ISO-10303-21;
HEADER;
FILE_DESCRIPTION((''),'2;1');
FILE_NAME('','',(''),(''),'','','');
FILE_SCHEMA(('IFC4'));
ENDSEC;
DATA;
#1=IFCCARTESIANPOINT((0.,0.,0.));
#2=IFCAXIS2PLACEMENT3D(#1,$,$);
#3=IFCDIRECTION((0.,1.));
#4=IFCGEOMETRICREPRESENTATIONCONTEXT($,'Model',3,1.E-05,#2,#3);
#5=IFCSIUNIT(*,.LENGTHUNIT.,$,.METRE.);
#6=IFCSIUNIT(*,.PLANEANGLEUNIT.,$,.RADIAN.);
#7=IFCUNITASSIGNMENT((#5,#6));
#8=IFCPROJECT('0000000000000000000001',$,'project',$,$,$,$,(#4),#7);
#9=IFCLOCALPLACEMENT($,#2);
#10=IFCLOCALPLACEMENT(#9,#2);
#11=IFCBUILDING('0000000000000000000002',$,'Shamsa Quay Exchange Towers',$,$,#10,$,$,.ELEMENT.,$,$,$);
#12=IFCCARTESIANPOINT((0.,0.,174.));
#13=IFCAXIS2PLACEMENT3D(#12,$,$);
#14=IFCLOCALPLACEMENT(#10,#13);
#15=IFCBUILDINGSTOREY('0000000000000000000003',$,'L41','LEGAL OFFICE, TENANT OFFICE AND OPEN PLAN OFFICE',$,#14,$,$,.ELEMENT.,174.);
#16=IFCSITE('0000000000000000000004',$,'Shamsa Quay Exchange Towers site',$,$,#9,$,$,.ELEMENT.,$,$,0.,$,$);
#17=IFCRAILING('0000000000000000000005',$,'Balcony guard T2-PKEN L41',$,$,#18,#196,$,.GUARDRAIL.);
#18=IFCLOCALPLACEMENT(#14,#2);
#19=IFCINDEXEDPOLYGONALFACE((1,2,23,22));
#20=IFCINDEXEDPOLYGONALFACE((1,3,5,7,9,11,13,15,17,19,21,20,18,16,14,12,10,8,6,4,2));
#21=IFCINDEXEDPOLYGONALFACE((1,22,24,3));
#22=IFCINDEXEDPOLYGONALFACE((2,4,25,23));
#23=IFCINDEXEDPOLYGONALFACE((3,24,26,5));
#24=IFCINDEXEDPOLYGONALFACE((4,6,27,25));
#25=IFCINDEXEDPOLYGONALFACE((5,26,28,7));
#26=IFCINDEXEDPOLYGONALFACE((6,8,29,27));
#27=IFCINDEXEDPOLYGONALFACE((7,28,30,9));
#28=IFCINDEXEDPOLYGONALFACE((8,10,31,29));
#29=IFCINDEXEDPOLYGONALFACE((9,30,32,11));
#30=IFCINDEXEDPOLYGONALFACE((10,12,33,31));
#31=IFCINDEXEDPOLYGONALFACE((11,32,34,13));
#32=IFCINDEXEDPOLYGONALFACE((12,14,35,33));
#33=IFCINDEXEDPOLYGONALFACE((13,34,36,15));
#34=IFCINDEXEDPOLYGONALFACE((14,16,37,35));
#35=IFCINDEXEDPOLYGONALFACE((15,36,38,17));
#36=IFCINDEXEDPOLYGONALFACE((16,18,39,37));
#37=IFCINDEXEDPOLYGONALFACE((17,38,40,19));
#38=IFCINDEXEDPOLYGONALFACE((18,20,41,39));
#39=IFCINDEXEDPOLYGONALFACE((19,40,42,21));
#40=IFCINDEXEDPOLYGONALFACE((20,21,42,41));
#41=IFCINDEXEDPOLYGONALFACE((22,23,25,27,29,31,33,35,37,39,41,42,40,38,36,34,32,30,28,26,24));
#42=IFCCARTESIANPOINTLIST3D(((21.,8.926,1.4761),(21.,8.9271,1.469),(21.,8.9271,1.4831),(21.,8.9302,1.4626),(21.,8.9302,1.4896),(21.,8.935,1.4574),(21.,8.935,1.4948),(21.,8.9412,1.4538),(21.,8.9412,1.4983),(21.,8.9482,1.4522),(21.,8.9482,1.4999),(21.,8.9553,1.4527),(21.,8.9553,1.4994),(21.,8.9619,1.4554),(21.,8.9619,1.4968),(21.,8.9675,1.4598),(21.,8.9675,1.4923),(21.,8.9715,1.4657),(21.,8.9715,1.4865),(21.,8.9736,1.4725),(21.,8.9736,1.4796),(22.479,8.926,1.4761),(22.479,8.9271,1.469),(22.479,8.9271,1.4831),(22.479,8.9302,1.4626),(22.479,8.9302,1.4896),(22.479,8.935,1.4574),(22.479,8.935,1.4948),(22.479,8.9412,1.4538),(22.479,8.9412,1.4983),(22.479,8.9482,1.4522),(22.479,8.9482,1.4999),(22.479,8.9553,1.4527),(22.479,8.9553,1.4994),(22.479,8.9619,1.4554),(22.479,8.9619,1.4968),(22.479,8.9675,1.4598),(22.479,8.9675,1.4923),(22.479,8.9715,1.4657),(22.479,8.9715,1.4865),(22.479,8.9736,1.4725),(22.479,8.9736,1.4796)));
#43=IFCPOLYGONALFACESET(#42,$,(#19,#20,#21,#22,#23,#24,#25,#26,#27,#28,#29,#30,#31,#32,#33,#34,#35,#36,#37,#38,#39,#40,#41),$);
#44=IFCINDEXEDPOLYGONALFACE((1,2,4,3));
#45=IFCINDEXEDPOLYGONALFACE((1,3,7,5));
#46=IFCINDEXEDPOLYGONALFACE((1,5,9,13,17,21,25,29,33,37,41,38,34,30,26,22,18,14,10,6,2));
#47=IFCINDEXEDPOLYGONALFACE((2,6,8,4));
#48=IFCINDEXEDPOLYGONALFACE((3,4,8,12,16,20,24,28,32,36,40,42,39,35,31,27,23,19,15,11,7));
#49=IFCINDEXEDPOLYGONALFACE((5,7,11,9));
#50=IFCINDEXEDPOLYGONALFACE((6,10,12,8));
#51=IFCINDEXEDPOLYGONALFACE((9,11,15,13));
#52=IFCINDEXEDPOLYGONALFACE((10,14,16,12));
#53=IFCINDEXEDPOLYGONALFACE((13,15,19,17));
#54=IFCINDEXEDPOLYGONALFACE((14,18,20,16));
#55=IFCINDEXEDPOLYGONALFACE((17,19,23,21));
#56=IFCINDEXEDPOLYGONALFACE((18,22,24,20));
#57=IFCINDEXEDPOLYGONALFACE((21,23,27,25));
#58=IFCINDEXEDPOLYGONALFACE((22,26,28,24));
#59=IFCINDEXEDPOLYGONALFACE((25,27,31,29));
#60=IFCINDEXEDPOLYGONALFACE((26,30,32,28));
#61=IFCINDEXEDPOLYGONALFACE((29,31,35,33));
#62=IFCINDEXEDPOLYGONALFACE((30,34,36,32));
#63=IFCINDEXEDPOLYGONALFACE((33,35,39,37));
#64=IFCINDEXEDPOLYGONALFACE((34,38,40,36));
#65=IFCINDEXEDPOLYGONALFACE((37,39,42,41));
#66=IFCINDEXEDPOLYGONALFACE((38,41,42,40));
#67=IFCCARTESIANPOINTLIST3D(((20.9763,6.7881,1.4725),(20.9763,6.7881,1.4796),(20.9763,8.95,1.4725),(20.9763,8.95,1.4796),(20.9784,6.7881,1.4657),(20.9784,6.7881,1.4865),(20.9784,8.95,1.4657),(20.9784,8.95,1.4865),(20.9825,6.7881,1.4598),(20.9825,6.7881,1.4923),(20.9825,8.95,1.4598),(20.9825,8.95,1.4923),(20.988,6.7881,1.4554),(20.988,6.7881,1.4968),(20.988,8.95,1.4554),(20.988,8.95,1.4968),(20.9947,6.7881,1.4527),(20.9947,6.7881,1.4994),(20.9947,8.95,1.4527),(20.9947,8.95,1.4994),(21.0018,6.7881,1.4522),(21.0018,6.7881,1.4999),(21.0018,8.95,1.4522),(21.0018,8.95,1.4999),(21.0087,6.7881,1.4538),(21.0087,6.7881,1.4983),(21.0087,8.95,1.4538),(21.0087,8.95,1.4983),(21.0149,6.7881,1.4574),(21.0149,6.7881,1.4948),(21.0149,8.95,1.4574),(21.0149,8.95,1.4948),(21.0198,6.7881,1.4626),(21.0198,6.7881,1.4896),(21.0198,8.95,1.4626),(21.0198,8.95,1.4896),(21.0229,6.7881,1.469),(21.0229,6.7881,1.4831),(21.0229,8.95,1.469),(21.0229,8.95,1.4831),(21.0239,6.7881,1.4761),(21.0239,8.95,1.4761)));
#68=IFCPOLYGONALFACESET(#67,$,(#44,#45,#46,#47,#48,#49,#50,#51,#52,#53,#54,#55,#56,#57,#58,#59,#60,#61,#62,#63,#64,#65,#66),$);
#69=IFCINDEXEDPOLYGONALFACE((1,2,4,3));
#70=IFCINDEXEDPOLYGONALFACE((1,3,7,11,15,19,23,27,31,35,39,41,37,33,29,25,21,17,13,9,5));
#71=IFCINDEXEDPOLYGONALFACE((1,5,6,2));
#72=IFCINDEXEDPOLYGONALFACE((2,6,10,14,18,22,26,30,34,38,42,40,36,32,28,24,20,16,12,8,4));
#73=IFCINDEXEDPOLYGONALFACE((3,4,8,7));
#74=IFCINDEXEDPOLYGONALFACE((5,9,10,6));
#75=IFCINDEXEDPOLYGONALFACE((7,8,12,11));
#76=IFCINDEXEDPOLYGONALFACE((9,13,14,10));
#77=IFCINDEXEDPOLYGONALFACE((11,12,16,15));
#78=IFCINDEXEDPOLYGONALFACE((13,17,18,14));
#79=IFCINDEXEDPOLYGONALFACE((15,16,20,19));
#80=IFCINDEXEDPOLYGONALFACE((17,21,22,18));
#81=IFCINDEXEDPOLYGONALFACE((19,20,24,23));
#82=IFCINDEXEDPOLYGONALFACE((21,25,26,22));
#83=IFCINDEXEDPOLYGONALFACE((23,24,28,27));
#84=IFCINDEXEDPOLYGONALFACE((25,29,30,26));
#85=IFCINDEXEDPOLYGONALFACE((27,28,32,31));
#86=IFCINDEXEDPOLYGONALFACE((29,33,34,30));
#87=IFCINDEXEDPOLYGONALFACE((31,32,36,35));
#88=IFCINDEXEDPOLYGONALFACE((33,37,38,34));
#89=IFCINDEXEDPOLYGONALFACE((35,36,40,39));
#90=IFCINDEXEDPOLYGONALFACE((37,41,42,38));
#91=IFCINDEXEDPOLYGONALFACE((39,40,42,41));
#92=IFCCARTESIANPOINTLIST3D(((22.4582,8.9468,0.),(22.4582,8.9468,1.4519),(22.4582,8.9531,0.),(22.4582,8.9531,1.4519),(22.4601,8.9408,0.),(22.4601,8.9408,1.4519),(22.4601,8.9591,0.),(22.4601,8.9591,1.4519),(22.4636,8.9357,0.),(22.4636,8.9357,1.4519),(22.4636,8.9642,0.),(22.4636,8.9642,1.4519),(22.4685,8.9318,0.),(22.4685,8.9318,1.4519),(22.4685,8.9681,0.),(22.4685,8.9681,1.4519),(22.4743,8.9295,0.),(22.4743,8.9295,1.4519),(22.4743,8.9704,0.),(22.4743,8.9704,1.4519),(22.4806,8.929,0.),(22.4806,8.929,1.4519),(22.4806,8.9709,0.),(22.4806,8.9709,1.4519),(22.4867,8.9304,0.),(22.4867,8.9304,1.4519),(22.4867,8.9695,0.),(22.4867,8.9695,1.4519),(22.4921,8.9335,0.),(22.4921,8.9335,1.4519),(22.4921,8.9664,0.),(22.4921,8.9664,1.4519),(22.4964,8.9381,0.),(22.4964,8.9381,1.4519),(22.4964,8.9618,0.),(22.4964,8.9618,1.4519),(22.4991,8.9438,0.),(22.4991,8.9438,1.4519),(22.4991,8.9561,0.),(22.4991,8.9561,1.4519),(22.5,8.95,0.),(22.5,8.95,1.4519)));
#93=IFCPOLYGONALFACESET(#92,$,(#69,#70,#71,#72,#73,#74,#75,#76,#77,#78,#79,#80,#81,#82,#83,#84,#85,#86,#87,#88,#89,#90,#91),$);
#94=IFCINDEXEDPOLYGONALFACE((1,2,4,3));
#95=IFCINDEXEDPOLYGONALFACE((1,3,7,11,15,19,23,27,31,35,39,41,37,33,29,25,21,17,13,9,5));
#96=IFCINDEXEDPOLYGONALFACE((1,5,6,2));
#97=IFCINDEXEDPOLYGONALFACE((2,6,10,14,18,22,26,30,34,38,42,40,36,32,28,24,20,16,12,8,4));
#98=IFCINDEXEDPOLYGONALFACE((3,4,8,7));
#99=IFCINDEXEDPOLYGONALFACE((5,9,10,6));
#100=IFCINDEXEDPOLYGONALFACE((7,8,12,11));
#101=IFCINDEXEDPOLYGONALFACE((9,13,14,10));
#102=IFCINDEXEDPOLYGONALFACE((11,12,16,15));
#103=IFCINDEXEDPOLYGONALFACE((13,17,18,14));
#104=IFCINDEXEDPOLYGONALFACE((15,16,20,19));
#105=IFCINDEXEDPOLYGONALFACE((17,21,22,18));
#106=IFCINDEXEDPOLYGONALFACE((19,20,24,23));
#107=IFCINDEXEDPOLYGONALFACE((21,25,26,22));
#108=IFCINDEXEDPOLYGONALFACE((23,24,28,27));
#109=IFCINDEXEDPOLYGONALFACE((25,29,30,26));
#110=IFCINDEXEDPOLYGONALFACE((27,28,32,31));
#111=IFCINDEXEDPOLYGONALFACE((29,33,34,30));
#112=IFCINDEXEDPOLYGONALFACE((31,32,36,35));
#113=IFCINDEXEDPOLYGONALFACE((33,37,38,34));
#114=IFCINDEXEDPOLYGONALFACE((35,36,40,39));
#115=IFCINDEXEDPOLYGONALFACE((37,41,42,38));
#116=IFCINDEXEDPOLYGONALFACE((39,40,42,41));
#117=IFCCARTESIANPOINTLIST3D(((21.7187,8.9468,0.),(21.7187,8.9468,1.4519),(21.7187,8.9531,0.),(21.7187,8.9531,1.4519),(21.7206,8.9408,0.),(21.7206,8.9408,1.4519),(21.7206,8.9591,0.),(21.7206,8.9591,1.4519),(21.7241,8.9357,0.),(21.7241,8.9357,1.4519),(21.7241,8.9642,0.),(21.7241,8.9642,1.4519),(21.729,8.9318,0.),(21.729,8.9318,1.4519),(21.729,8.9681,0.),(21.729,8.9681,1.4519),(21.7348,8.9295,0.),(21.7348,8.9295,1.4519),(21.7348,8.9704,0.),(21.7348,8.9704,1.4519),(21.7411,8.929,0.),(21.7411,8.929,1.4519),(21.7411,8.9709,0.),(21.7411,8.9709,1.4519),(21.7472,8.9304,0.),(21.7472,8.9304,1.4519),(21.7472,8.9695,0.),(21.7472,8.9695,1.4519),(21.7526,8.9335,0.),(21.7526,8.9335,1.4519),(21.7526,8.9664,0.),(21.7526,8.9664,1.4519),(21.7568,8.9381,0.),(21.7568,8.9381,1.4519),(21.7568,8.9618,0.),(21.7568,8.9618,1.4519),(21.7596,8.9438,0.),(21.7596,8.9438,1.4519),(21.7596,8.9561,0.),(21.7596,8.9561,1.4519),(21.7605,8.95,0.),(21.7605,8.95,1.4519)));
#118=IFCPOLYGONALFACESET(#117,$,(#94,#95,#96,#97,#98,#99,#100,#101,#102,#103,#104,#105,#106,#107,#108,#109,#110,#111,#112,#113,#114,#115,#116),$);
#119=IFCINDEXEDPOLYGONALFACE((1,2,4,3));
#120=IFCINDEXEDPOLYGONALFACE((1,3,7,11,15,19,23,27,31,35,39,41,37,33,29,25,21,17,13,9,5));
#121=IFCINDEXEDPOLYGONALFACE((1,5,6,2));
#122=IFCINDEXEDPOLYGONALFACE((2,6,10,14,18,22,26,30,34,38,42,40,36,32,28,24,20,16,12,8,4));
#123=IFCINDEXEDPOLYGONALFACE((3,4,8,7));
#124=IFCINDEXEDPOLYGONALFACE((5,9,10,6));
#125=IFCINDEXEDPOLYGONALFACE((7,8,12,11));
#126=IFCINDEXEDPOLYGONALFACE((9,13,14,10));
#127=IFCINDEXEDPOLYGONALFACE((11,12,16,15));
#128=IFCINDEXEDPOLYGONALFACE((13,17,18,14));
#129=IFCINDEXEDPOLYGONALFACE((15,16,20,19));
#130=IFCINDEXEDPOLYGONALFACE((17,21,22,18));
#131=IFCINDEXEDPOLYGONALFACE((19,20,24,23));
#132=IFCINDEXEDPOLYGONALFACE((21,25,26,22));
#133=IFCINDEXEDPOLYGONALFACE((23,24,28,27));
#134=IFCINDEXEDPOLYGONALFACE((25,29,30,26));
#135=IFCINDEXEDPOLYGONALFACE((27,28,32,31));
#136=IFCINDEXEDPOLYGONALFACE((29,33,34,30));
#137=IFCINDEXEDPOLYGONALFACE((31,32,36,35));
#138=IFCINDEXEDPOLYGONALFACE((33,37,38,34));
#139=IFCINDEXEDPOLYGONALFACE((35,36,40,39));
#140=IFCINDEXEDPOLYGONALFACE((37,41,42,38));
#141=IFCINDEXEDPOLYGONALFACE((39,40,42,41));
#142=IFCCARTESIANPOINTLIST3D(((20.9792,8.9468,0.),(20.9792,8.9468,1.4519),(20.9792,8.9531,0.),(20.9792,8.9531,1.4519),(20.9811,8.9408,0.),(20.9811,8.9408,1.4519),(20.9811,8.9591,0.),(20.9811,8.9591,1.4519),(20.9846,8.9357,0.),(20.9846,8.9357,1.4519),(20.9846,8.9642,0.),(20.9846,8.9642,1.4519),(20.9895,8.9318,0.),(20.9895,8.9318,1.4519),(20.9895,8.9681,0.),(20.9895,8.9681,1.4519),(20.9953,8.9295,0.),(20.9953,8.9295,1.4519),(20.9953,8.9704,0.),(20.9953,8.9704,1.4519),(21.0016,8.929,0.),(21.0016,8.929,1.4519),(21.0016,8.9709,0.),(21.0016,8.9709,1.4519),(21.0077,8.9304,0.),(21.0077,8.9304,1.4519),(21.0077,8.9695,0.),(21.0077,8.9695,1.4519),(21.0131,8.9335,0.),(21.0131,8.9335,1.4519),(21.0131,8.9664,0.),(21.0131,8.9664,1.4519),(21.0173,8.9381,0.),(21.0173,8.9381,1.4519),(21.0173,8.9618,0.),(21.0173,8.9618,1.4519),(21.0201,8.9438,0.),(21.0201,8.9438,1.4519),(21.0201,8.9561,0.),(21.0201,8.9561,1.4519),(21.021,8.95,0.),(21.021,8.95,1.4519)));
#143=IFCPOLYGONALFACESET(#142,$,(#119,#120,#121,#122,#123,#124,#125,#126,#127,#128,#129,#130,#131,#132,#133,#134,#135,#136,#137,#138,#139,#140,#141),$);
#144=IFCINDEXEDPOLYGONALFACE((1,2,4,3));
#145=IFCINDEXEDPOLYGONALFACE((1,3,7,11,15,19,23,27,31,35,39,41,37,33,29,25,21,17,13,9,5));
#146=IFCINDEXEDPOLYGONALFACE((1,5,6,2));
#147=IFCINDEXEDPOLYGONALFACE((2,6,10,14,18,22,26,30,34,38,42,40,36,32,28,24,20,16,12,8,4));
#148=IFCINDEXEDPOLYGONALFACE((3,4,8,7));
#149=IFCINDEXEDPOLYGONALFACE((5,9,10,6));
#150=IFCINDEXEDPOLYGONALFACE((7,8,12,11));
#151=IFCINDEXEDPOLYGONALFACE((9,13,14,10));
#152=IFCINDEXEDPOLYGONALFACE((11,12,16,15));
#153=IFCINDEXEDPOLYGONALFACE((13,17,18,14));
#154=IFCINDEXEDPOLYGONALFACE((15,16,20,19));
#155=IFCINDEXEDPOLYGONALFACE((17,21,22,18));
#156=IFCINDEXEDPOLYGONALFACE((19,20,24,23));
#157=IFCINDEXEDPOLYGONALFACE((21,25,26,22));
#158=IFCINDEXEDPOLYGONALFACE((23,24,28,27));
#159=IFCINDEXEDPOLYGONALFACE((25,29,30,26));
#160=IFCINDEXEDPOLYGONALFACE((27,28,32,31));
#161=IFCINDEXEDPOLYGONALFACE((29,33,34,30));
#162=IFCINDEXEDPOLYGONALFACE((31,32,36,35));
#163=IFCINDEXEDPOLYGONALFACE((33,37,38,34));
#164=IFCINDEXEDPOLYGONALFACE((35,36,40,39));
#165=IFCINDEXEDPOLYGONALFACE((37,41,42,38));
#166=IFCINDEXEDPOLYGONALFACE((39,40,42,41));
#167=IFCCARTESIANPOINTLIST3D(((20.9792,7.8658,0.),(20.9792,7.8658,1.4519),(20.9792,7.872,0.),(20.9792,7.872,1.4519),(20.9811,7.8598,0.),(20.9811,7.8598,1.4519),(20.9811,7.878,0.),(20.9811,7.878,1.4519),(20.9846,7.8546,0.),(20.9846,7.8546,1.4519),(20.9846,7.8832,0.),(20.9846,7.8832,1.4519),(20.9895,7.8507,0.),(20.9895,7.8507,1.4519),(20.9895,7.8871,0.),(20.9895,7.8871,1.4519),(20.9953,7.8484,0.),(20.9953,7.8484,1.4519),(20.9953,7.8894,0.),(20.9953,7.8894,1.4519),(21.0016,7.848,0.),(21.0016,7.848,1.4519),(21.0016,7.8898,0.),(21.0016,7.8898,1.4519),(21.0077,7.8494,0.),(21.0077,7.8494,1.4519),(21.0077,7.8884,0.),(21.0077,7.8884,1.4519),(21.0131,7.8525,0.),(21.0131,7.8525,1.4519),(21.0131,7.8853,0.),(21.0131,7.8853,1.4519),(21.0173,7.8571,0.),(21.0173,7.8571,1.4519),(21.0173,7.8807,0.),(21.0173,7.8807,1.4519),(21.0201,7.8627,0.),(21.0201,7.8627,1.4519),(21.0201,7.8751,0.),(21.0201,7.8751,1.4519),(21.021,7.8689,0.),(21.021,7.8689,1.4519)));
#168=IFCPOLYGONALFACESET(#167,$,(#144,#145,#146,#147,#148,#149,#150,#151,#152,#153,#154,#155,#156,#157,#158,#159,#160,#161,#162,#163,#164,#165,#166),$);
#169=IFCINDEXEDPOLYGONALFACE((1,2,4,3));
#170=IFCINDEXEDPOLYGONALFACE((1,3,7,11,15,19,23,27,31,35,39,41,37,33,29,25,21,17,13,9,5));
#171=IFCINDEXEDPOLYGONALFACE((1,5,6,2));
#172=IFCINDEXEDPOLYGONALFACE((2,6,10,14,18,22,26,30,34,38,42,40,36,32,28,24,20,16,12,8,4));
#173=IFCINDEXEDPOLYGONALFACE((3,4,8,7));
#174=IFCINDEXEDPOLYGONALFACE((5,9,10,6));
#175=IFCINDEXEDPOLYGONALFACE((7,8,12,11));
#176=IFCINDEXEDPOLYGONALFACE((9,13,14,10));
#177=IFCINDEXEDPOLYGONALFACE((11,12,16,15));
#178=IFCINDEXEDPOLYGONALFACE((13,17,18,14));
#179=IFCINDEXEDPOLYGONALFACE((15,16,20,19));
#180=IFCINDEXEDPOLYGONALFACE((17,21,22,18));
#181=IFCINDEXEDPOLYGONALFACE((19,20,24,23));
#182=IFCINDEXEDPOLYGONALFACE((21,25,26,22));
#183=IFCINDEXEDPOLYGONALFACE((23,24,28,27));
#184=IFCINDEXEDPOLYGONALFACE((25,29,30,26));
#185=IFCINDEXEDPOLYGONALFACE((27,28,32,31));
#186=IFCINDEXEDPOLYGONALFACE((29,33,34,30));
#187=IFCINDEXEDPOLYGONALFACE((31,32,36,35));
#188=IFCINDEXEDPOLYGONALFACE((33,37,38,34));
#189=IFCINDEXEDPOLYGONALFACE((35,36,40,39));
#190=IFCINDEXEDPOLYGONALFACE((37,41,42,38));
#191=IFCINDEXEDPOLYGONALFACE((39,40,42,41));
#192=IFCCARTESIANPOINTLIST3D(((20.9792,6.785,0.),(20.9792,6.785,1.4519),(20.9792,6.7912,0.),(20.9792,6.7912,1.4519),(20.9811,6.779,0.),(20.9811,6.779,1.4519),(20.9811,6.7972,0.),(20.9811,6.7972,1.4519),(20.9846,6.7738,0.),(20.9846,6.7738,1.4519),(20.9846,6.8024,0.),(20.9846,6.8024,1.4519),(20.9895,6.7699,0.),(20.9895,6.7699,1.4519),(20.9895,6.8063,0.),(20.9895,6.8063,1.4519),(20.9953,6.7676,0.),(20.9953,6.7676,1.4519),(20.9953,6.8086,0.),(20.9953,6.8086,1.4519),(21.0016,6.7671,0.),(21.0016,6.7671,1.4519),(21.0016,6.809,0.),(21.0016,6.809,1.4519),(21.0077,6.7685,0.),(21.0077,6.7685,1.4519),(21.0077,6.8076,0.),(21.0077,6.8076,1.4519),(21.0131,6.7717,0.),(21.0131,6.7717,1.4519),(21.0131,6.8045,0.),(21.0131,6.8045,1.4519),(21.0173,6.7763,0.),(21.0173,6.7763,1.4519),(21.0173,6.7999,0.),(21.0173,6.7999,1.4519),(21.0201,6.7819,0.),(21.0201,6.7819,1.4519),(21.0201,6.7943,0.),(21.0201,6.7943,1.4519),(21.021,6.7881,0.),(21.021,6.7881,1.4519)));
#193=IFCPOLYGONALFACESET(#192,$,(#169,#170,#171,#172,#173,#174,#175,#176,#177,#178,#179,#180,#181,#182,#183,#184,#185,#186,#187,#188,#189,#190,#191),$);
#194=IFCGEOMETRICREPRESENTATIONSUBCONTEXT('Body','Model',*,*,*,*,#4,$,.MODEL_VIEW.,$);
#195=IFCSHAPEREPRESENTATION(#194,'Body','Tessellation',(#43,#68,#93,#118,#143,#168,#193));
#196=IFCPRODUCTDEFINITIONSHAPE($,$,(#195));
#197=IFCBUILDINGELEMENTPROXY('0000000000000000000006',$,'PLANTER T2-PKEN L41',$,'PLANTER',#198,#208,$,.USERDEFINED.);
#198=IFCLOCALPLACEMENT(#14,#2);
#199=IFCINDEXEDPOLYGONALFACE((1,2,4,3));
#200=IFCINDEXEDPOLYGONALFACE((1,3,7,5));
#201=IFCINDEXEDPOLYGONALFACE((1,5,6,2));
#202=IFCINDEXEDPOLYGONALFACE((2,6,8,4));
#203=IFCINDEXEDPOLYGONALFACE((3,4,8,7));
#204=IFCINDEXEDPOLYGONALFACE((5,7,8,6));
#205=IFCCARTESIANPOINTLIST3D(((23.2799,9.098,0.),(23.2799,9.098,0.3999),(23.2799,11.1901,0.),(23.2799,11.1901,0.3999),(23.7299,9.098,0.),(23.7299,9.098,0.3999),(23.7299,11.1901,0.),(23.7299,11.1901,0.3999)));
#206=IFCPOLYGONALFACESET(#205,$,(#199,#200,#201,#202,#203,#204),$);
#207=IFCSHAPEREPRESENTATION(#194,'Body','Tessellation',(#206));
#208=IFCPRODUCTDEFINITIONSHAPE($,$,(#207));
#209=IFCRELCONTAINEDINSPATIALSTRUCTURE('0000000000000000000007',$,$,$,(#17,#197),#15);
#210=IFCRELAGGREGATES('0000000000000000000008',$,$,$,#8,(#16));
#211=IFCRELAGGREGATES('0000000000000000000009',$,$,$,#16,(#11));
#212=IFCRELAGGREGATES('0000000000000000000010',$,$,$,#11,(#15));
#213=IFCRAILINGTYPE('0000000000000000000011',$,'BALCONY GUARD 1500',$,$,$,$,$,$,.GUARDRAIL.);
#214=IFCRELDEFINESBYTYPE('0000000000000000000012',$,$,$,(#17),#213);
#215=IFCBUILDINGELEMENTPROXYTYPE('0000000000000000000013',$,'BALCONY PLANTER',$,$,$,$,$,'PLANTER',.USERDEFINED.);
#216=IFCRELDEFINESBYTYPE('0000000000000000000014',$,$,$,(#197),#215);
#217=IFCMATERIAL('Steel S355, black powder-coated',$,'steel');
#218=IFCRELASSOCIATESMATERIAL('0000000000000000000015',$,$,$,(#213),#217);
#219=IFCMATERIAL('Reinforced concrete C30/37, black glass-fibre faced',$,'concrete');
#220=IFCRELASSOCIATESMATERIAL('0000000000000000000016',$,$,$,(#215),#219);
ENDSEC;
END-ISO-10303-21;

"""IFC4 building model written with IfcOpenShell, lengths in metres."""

from ifc_helpers import new_model, si_unit, direction, frame, origin, origin_2d, place, context, subcontext, project, spatial, rectangle, circle, extrude, material, type_object, element, save


model = new_model("IFC4")

# Units and contexts
model_context = context("Model", 3, precision=1e-05, world=origin(), true_north=direction((0.0, 1.0)))
body_context = subcontext(model_context, "Body", "Model", "MODEL_VIEW")
ifc_project = project(units=[si_unit("LENGTHUNIT", "METRE"), si_unit("PLANEANGLEUNIT", "RADIAN")], contexts=[model_context])

# Site, building, storey
site_placement = place(None, origin())
site = spatial("IfcSite", under=ifc_project, at=site_placement, Name="Shamsa Quay Exchange Towers site", CompositionType="ELEMENT", RefElevation=0.0)
building_placement = place(site_placement, origin())
building = spatial("IfcBuilding", under=site, at=building_placement, Name="Shamsa Quay Exchange Towers", CompositionType="ELEMENT")
storey_placement = place(building_placement, frame((0.0, 0.0, 174.0)))
storey = spatial("IfcBuildingStorey", under=building, at=storey_placement, Name="L41", Description="LEGAL OFFICE, TENANT OFFICE AND OPEN PLAN OFFICE", CompositionType="ELEMENT", Elevation=174.0)

# Railing
ifc_material_1 = material(Name="Steel S355, black powder-coated", Category="steel")
railing_type = type_object("IfcRailingType", Name="BALCONY GUARD 1500", PredefinedType="GUARDRAIL", material=ifc_material_1)
for number, where, name in (
    (1, (22.479, 8.95, 0.0), "Balcony guard T2-PKEN L41"),
):
    element("IfcRailing", number, at=place(storey_placement, frame(where)), inside=storey, type_object=railing_type, Name=name, PredefinedType="GUARDRAIL", context=body_context, shape_type="SweptSolid", body=[
        extrude(circle(Radius=0.0239, at=origin_2d()), frame((0.0, 0.0, 1.4761), z_axis=(-1.0, 0.0, 0.0), x_axis=(0.0, -1.0, 0.0)), (0.0, 0.0, 1.0), 1.479),
        extrude(circle(Radius=0.0239, at=origin_2d()), frame((-1.479, 0.0, 1.4761), z_axis=(0.0, -1.0, 0.0), x_axis=(1.0, 0.0, 0.0)), (0.0, 0.0, 1.0), 2.1619),
        extrude(circle(Radius=0.021, at=origin_2d()), origin(), (0.0, 0.0, 1.0), 1.4519),
        extrude(circle(Radius=0.021, at=origin_2d()), frame((-0.7395, 0.0, 0.0)), (0.0, 0.0, 1.0), 1.4519),
        extrude(circle(Radius=0.021, at=origin_2d()), frame((-1.479, 0.0, 0.0)), (0.0, 0.0, 1.0), 1.4519),
        extrude(circle(Radius=0.021, at=origin_2d()), frame((-1.479, -1.0811, 0.0)), (0.0, 0.0, 1.0), 1.4519),
        extrude(circle(Radius=0.021, at=origin_2d()), frame((-1.479, -2.1619, 0.0)), (0.0, 0.0, 1.0), 1.4519),
    ])

# Building element proxy
ifc_material_2 = material(Name="Reinforced concrete C30/37, black glass-fibre faced", Category="concrete")
building_element_proxy_type = type_object("IfcBuildingElementProxyType", Name="BALCONY PLANTER", ElementType="PLANTER", PredefinedType="USERDEFINED", material=ifc_material_2)
for number, where, z_axis, x_axis, name in (
    (2, (23.5049, 10.144, 0.0), (0.0, 0.0, 1.0), (0.0, -1.0, 0.0), "PLANTER T2-PKEN L41"),
):
    element("IfcBuildingElementProxy", number, at=place(storey_placement, frame(where, z_axis=z_axis, x_axis=x_axis)), inside=storey, type_object=building_element_proxy_type, Name=name, ObjectType="PLANTER", PredefinedType="USERDEFINED", context=body_context, shape_type="SweptSolid", body=[
        extrude(rectangle(XDim=2.092, YDim=0.45, at=origin_2d()), origin(), (0.0, 0.0, 1.0), 0.3999),
    ])

save(model, "model.ifc")
